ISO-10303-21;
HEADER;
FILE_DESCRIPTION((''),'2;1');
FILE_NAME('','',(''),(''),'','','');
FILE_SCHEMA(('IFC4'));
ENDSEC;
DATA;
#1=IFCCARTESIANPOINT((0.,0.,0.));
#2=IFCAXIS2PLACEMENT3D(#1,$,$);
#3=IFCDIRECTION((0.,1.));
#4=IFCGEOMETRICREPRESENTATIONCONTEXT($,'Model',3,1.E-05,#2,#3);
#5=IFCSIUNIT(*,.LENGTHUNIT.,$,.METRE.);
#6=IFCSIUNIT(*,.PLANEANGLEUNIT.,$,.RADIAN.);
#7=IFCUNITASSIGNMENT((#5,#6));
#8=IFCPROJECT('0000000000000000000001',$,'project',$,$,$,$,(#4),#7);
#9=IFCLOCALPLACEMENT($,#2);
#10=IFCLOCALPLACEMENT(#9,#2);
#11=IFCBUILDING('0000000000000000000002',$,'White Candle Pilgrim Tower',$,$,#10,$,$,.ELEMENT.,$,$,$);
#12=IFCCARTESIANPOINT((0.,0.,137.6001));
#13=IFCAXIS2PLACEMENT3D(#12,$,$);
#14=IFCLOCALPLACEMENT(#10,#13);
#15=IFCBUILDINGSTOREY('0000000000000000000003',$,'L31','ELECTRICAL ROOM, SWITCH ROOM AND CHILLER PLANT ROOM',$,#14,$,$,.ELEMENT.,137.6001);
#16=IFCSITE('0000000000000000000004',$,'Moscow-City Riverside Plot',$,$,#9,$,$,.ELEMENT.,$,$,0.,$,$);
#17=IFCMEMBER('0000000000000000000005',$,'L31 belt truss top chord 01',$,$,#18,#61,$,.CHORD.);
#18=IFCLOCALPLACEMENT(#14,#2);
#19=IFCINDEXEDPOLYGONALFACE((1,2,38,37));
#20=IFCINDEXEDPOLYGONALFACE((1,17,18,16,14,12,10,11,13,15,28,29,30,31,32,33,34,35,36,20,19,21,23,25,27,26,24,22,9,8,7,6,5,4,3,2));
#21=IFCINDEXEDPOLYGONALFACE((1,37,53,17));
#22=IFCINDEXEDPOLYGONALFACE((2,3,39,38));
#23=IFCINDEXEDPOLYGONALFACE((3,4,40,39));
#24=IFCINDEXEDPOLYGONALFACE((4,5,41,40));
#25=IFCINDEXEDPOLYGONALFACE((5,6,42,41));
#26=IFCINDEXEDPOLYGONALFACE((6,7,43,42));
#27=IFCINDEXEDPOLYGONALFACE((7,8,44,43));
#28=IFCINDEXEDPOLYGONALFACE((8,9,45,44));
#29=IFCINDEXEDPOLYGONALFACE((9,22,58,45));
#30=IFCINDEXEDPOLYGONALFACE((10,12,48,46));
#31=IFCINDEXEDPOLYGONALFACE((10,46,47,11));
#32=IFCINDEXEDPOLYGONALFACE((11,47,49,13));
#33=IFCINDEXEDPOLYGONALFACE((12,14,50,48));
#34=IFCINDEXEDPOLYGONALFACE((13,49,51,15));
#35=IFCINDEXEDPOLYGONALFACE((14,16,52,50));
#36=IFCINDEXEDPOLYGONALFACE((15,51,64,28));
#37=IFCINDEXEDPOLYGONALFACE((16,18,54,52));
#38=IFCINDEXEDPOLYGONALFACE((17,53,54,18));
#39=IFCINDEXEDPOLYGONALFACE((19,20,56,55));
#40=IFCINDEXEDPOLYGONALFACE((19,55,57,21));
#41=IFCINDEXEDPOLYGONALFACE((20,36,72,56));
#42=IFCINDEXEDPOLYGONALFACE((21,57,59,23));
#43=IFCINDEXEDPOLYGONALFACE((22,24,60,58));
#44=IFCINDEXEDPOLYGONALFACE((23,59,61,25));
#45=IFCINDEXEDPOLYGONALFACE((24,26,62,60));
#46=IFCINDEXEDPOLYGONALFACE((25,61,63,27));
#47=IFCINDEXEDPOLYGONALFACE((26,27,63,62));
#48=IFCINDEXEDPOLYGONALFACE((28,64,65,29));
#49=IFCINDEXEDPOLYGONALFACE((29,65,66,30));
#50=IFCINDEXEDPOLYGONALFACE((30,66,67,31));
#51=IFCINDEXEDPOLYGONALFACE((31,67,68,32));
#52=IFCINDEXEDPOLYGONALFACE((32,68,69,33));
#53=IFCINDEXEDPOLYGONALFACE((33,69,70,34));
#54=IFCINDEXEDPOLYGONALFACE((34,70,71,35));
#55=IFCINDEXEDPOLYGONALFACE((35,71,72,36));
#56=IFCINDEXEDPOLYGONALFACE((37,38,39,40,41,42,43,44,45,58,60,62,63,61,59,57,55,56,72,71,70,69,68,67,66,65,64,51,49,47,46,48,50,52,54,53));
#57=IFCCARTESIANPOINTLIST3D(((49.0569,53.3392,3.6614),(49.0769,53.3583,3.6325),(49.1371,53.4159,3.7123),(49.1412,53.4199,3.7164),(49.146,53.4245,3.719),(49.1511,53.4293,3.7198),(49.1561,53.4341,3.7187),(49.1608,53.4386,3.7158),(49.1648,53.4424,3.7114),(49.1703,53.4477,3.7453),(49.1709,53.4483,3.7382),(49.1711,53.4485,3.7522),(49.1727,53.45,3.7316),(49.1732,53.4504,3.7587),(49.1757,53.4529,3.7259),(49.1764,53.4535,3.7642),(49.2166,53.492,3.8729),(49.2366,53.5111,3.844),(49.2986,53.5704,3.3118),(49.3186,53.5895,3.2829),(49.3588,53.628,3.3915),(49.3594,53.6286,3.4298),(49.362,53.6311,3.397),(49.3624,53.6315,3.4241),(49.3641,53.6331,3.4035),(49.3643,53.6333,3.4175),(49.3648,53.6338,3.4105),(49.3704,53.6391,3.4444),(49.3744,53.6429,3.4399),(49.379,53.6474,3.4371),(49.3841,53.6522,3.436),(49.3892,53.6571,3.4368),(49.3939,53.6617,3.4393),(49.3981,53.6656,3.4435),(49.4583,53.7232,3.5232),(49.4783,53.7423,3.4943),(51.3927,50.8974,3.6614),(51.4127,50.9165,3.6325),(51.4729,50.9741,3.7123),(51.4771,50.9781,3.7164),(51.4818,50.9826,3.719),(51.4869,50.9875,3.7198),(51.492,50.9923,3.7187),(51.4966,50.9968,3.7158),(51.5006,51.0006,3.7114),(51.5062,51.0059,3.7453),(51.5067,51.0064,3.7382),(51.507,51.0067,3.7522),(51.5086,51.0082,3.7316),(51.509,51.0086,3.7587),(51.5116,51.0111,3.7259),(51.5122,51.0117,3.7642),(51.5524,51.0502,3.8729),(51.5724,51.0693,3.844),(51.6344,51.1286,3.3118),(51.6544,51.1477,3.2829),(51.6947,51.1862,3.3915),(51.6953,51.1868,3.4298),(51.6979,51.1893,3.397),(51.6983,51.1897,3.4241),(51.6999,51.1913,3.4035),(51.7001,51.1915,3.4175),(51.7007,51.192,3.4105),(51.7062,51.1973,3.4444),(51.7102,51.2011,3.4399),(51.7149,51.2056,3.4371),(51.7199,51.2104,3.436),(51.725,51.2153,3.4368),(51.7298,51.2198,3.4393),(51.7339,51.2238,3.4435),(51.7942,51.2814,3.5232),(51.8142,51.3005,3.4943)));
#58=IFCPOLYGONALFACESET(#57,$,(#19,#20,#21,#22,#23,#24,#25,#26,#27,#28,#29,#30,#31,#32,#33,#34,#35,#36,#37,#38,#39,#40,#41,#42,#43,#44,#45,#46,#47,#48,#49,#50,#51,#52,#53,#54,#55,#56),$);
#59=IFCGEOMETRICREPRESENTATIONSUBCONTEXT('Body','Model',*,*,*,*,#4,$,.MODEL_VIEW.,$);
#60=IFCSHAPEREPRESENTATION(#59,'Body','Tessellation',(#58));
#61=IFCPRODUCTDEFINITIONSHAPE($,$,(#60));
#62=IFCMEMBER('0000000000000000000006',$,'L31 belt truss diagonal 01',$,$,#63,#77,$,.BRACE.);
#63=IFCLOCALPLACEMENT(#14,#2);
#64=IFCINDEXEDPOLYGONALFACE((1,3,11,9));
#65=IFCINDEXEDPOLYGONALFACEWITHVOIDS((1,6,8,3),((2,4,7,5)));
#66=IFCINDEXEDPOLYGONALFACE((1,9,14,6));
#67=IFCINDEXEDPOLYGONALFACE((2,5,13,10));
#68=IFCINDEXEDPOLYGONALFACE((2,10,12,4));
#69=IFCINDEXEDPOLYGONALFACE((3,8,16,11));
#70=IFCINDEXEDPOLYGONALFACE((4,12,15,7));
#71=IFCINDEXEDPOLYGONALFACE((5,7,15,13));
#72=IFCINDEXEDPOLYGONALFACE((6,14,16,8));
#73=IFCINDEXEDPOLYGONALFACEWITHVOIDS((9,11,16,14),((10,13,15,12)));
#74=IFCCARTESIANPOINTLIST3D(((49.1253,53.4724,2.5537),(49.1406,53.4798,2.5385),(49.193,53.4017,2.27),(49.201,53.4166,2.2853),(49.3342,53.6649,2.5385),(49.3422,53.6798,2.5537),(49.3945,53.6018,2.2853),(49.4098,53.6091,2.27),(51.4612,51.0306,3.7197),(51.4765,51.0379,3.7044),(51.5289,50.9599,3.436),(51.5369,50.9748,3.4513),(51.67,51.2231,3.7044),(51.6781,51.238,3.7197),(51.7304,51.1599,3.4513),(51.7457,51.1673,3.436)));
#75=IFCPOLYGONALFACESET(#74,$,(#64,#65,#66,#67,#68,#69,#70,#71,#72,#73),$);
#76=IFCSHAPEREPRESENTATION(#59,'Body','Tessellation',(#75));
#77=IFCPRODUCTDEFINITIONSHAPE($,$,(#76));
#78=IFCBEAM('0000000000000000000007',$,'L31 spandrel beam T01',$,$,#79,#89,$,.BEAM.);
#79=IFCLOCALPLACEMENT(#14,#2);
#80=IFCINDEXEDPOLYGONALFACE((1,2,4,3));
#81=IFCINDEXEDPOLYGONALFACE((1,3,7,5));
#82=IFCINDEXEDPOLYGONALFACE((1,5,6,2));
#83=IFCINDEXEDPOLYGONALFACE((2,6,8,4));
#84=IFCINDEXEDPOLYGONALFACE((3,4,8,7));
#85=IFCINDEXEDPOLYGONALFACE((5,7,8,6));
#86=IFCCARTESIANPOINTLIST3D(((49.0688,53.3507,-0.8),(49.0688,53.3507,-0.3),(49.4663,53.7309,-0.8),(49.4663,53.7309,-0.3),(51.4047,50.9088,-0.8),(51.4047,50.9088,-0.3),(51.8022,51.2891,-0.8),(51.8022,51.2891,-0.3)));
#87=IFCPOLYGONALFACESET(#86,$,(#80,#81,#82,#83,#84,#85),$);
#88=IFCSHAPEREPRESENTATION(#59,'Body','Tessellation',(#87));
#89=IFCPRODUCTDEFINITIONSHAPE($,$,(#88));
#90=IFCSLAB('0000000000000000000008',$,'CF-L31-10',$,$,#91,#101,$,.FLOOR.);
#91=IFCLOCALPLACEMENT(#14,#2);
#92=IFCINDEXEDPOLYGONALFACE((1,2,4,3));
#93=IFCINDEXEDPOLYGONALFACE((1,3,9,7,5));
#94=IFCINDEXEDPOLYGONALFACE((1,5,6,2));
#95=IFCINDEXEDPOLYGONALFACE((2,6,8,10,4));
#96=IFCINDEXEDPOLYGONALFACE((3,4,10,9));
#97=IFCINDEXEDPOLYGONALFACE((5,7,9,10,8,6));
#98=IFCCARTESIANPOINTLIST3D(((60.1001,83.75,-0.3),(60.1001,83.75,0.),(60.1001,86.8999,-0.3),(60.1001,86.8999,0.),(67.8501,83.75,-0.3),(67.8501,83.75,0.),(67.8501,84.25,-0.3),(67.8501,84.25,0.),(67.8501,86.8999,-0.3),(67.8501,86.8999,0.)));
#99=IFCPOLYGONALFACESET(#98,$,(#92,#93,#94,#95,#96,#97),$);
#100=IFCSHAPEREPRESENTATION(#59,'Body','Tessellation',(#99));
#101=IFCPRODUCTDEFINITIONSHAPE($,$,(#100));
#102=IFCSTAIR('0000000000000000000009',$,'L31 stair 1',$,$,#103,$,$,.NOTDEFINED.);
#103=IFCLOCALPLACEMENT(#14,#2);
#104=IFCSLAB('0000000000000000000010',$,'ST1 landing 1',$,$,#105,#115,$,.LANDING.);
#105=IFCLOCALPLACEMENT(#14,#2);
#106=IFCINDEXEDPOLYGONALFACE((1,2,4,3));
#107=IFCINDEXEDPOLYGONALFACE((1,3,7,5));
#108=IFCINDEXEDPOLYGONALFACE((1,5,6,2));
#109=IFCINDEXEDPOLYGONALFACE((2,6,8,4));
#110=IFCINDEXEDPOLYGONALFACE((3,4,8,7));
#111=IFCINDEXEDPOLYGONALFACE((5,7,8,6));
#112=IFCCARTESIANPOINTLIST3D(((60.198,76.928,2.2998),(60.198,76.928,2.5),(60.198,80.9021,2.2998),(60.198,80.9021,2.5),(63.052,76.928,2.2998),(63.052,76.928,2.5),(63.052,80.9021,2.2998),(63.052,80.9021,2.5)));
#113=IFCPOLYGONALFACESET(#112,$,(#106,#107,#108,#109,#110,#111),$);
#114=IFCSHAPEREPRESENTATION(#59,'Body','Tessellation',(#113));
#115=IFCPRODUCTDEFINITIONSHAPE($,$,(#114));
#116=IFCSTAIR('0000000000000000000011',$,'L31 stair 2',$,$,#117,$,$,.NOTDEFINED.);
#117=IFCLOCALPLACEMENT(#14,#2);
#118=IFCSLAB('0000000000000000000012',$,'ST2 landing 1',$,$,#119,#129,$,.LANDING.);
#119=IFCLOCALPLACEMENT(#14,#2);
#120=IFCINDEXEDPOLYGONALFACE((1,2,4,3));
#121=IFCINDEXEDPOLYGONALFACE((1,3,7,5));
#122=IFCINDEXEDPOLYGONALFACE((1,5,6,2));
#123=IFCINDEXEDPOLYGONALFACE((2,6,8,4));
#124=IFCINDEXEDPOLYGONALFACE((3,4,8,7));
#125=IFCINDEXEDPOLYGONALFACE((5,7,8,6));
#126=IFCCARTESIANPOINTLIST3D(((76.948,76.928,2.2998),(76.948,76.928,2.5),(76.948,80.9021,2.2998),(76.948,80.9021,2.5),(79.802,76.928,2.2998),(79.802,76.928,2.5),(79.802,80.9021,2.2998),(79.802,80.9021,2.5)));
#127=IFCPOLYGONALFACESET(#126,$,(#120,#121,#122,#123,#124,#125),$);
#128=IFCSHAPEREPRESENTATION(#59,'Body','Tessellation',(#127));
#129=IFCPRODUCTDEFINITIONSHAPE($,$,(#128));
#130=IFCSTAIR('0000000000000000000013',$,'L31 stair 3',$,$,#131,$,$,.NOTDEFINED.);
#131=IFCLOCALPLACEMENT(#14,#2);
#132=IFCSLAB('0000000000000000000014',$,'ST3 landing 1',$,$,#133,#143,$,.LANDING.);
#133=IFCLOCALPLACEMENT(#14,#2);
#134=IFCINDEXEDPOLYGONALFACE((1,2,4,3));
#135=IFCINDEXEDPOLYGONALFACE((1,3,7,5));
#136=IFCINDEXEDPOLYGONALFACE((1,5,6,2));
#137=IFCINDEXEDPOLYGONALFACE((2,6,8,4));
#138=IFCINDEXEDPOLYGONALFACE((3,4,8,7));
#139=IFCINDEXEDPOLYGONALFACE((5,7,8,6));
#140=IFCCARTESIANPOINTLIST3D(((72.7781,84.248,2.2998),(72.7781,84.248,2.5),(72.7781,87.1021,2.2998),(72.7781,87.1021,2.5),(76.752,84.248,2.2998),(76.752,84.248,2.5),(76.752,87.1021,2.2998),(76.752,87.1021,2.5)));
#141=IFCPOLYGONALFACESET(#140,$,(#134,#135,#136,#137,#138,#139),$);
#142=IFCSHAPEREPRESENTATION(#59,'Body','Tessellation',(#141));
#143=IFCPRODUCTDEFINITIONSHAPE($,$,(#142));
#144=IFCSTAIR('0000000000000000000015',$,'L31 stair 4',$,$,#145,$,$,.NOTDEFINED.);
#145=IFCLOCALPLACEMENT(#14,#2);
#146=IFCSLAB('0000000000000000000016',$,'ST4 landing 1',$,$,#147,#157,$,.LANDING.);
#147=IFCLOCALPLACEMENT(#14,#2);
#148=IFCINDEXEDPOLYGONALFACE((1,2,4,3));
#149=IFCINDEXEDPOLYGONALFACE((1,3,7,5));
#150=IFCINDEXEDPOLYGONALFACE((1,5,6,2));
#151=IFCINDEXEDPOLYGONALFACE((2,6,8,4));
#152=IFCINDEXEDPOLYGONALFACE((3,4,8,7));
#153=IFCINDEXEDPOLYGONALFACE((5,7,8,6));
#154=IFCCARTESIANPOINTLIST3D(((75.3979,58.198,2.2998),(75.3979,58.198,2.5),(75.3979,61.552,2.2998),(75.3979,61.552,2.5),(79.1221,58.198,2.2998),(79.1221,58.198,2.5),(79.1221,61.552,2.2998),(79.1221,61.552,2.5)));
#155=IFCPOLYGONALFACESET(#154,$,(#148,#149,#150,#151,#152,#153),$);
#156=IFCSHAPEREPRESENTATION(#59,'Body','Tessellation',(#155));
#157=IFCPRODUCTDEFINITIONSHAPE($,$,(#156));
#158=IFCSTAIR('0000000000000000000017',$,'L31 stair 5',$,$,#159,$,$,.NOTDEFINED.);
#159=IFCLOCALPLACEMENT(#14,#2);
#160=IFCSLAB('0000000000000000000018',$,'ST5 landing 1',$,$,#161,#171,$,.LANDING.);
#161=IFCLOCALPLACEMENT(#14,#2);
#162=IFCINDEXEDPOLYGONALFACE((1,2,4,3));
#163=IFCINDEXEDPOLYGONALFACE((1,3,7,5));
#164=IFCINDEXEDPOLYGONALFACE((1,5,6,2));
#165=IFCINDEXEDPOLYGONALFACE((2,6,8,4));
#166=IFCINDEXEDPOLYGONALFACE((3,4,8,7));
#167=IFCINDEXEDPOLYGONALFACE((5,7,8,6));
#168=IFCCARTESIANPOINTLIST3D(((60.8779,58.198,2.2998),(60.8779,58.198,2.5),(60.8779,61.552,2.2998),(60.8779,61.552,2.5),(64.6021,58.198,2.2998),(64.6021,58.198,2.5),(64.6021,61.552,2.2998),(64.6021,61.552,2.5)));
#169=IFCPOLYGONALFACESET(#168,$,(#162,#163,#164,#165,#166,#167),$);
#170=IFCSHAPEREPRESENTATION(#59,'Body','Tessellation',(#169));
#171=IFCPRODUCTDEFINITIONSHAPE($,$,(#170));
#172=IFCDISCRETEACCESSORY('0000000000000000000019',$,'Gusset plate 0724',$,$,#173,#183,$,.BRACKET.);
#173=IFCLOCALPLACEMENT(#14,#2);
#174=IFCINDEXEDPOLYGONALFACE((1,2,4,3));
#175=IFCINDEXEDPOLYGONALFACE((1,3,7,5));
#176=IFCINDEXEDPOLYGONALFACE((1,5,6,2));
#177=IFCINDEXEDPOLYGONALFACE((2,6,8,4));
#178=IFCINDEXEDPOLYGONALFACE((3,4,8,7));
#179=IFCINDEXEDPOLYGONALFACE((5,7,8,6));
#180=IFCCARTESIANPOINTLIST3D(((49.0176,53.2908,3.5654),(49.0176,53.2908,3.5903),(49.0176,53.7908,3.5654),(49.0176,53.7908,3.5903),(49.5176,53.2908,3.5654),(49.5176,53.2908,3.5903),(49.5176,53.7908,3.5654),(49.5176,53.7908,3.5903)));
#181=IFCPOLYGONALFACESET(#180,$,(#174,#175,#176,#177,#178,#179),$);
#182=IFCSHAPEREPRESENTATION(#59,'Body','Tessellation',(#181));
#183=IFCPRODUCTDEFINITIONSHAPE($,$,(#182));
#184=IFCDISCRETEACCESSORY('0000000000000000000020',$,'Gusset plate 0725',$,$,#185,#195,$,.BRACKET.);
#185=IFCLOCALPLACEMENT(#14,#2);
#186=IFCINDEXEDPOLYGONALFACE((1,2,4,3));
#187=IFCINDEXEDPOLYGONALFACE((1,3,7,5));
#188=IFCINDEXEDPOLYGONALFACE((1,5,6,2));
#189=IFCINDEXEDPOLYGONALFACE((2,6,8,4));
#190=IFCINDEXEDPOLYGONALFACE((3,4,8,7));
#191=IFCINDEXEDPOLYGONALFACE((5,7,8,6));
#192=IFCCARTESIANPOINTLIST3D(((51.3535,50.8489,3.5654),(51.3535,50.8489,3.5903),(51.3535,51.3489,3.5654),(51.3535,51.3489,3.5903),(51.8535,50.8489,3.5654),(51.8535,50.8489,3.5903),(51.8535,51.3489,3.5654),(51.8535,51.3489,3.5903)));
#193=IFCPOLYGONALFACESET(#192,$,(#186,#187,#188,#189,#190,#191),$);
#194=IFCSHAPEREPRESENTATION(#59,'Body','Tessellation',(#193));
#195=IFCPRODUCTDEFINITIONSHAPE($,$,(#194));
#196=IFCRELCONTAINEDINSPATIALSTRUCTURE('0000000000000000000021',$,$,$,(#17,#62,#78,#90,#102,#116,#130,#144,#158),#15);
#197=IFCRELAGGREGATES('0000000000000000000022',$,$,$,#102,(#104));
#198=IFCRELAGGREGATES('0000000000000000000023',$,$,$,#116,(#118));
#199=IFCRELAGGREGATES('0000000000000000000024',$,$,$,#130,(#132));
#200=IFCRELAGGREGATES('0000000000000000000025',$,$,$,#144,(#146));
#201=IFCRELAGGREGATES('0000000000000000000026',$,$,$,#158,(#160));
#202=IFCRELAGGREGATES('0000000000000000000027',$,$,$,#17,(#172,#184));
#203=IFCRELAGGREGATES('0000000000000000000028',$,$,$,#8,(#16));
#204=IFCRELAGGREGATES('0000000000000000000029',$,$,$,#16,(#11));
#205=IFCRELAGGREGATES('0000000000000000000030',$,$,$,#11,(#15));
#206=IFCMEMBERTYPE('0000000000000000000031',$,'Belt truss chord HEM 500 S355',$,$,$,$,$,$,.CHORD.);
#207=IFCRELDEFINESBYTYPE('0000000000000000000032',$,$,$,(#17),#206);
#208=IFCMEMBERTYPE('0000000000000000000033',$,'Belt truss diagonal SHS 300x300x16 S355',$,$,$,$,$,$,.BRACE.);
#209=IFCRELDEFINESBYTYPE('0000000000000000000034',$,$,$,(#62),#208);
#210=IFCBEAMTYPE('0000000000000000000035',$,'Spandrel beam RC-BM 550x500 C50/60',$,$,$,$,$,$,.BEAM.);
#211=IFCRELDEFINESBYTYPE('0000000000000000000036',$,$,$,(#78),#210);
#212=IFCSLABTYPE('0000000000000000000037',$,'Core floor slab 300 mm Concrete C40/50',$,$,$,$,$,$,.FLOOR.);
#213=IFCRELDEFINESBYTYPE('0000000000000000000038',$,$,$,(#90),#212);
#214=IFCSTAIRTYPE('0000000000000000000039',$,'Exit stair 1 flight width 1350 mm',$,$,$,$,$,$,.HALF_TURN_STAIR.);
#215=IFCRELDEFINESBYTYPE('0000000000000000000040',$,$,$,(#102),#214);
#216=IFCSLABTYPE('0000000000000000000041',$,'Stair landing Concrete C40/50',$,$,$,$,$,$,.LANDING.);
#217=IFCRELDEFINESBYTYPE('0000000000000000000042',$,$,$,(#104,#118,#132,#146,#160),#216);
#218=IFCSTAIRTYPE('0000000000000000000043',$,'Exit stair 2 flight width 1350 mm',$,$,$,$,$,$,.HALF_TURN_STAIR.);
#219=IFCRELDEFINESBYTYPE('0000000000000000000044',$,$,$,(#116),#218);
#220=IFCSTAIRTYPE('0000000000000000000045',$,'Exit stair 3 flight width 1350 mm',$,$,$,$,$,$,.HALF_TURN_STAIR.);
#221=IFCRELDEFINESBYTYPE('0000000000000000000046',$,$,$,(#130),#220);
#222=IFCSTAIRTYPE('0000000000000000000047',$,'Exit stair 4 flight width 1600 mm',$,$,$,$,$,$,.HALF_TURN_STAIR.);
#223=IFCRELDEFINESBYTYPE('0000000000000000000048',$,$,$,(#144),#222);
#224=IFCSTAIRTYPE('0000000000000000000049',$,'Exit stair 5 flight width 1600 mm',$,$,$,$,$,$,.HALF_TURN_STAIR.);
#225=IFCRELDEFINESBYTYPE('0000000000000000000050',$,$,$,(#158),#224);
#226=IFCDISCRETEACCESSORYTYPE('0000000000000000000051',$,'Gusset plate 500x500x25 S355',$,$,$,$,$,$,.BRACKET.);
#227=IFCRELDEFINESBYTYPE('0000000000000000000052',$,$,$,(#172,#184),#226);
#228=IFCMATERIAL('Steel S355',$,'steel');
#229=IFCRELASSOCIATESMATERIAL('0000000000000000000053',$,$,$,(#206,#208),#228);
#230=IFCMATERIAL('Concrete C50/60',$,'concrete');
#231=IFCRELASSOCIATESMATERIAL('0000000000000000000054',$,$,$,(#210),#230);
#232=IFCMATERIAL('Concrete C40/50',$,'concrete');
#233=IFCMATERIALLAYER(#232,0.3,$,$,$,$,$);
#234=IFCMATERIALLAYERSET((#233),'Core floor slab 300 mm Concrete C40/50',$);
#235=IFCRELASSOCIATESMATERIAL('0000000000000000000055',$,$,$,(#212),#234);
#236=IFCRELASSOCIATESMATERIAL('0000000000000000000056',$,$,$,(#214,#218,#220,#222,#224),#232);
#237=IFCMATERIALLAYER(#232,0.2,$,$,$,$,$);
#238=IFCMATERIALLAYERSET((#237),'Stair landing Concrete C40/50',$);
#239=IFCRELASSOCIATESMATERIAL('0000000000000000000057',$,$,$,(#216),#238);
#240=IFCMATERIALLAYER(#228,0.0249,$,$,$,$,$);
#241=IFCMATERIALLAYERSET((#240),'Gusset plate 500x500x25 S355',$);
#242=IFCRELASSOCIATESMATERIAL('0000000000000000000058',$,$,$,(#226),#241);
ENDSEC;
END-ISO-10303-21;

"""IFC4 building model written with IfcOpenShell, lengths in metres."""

from ifc_helpers import new_model, si_unit, direction, frame, origin, origin_2d, place, context, subcontext, project, spatial, polyline, rectangle, hollow_rectangle, i_section, outline, extrude, material, layer, layer_set, material_profile, profile_set, type_object, element, aggregate, save


model = new_model("IFC4")

# Units and contexts
model_context = context("Model", 3, precision=1e-05, world=origin(), true_north=direction((0.0, 1.0)))
body_context = subcontext(model_context, "Body", "Model", "MODEL_VIEW")
ifc_project = project(units=[si_unit("LENGTHUNIT", "METRE"), si_unit("PLANEANGLEUNIT", "RADIAN")], contexts=[model_context])

# Site, building, storey
site_placement = place(None, origin())
site = spatial("IfcSite", under=ifc_project, at=site_placement, Name="Moscow-City Riverside Plot", CompositionType="ELEMENT", RefElevation=0.0)
building_placement = place(site_placement, origin())
building = spatial("IfcBuilding", under=site, at=building_placement, Name="White Candle Pilgrim Tower", CompositionType="ELEMENT")
storey_placement = place(building_placement, frame((0.0, 0.0, 137.6001)))
storey = spatial("IfcBuildingStorey", under=building, at=storey_placement, Name="L31", Description="ELECTRICAL ROOM, SWITCH ROOM AND CHILLER PLANT ROOM", CompositionType="ELEMENT", Elevation=137.6001)

# Members
ifc_material_1 = material(Name="Steel S355", Category="steel")
ifc_material_profile_1 = material_profile(ifc_material_1, i_section(OverallWidth=0.3059, OverallDepth=0.5239, WebThickness=0.021, FlangeThickness=0.04, FilletRadius=0.0271, at=origin_2d()), Name="HEM 500")
ifc_profile_set_1 = profile_set([ifc_material_profile_1], Name="Steel S355")
member_type_1 = type_object("IfcMemberType", Name="Belt truss chord HEM 500 S355", PredefinedType="CHORD", material=ifc_profile_set_1)
member_1_placement = place(storey_placement, frame((49.2676, 53.5408, 3.5779), z_axis=(0.691255, -0.72261, 0.0), x_axis=(0.52216, 0.499503, 0.691264)))
member_1 = element("IfcMember", 1, at=member_1_placement, inside=storey, type_object=member_type_1, Name="L31 belt truss top chord 01", PredefinedType="CHORD", context=body_context, shape_type="SweptSolid", body=[
    extrude(i_section(OverallWidth=0.3059, OverallDepth=0.5239, WebThickness=0.021, FlangeThickness=0.04, FilletRadius=0.0271, at=origin_2d()), origin(), (0.0, 0.0, 1.0), 3.3792),
])
ifc_material_profile_2 = material_profile(ifc_material_1, hollow_rectangle(XDim=0.3, YDim=0.3, WallThickness=0.0161, at=origin_2d()), Name="SHS 300x300x16")
ifc_profile_set_2 = profile_set([ifc_material_profile_2], Name="Steel S355")
member_type_2 = type_object("IfcMemberType", Name="Belt truss diagonal SHS 300x300x16 S355", PredefinedType="BRACE", material=ifc_profile_set_2)
member_2_placement = place(storey_placement, frame((49.2676, 53.5408, 2.4119), z_axis=(0.653449, -0.68309, 0.326178), x_axis=(0.72261, 0.691255, 0.0)))
element("IfcMember", 2, at=member_2_placement, inside=storey, type_object=member_type_2, Name="L31 belt truss diagonal 01", PredefinedType="BRACE", context=body_context, shape_type="SweptSolid", body=[
    extrude(hollow_rectangle(XDim=0.3, YDim=0.3, WallThickness=0.0161, at=origin_2d()), origin(), (0.0, 0.0, 1.0), 3.5747),
])

# Beam
ifc_material_2 = material(Name="Concrete C50/60", Category="concrete")
ifc_material_profile_3 = material_profile(ifc_material_2, rectangle(XDim=0.55, YDim=0.5, at=origin_2d()), Name="RC-BM 550x500")
ifc_profile_set_3 = profile_set([ifc_material_profile_3], Name="Concrete C50/60")
beam_type = type_object("IfcBeamType", Name="Spandrel beam RC-BM 550x500 C50/60", PredefinedType="BEAM", material=ifc_profile_set_3)
beam_placement = place(storey_placement, frame((49.2676, 53.5408, -0.55), z_axis=(0.691255, -0.72261, 0.0), x_axis=(0.72261, 0.691255, 0.0)))
element("IfcBeam", 3, at=beam_placement, inside=storey, type_object=beam_type, Name="L31 spandrel beam T01", PredefinedType="BEAM", context=body_context, shape_type="SweptSolid", body=[
    extrude(rectangle(XDim=0.55, YDim=0.5, at=origin_2d()), origin(), (0.0, 0.0, 1.0), 3.3792),
])

# Slab
ifc_material_3 = material(Name="Concrete C40/50", Category="concrete")
ifc_layer_1 = layer(ifc_material_3, 0.3)
ifc_layer_set_1 = layer_set([ifc_layer_1], Name="Core floor slab 300 mm Concrete C40/50")
slab_type_1 = type_object("IfcSlabType", Name="Core floor slab 300 mm Concrete C40/50", PredefinedType="FLOOR", material=ifc_layer_set_1)
slab_1_placement = place(storey_placement, frame((0.0, 0.0, -0.3)))
element("IfcSlab", 4, at=slab_1_placement, inside=storey, type_object=slab_type_1, Name="CF-L31-10", PredefinedType="FLOOR", context=body_context, shape_type="SweptSolid", body=[
    extrude(outline(polyline([(60.1001, 86.8999), (67.8501, 86.8999), (67.8501, 84.25), (67.8501, 83.75), (60.1001, 83.75), (60.1001, 86.8999)])), origin(), (0.0, 0.0, 1.0), 0.3),
])

# Stairs, slabs
stair_type_1 = type_object("IfcStairType", Name="Exit stair 1 flight width 1350 mm", PredefinedType="HALF_TURN_STAIR", material=ifc_material_3)
stair_1_placement = place(storey_placement, origin())
stair_1 = element("IfcStair", 5, at=stair_1_placement, inside=storey, type_object=stair_type_1, Name="L31 stair 1", PredefinedType="NOTDEFINED")
ifc_layer_2 = layer(ifc_material_3, 0.2)
ifc_layer_set_2 = layer_set([ifc_layer_2], Name="Stair landing Concrete C40/50")
slab_type_2 = type_object("IfcSlabType", Name="Stair landing Concrete C40/50", PredefinedType="LANDING", material=ifc_layer_set_2)
slab_2_placement = place(storey_placement, frame((0.0, 0.0, 2.2998)))
slab_2 = element("IfcSlab", 6, at=slab_2_placement, type_object=slab_type_2, Name="ST1 landing 1", PredefinedType="LANDING", context=body_context, shape_type="SweptSolid", body=[
    extrude(outline(polyline([(63.052, 76.928), (60.198, 76.928), (60.198, 80.9021), (63.052, 80.9021), (63.052, 76.928)])), origin(), (0.0, 0.0, 1.0), 0.2002),
])
aggregate(stair_1, [slab_2])
stair_type_2 = type_object("IfcStairType", Name="Exit stair 2 flight width 1350 mm", PredefinedType="HALF_TURN_STAIR", material=ifc_material_3)
stair_2_placement = place(storey_placement, origin())
stair_2 = element("IfcStair", 7, at=stair_2_placement, inside=storey, type_object=stair_type_2, Name="L31 stair 2", PredefinedType="NOTDEFINED")
slab_3_placement = place(storey_placement, frame((0.0, 0.0, 2.2998)))
slab_3 = element("IfcSlab", 8, at=slab_3_placement, type_object=slab_type_2, Name="ST2 landing 1", PredefinedType="LANDING", context=body_context, shape_type="SweptSolid", body=[
    extrude(outline(polyline([(79.802, 76.928), (76.948, 76.928), (76.948, 80.9021), (79.802, 80.9021), (79.802, 76.928)])), origin(), (0.0, 0.0, 1.0), 0.2002),
])
aggregate(stair_2, [slab_3])
stair_type_3 = type_object("IfcStairType", Name="Exit stair 3 flight width 1350 mm", PredefinedType="HALF_TURN_STAIR", material=ifc_material_3)
stair_3_placement = place(storey_placement, origin())
stair_3 = element("IfcStair", 9, at=stair_3_placement, inside=storey, type_object=stair_type_3, Name="L31 stair 3", PredefinedType="NOTDEFINED")
slab_4_placement = place(storey_placement, frame((0.0, 0.0, 2.2998)))
slab_4 = element("IfcSlab", 10, at=slab_4_placement, type_object=slab_type_2, Name="ST3 landing 1", PredefinedType="LANDING", context=body_context, shape_type="SweptSolid", body=[
    extrude(outline(polyline([(72.7781, 84.248), (72.7781, 87.1021), (76.752, 87.1021), (76.752, 84.248), (72.7781, 84.248)])), origin(), (0.0, 0.0, 1.0), 0.2002),
])
aggregate(stair_3, [slab_4])
stair_type_4 = type_object("IfcStairType", Name="Exit stair 4 flight width 1600 mm", PredefinedType="HALF_TURN_STAIR", material=ifc_material_3)
stair_4_placement = place(storey_placement, origin())
stair_4 = element("IfcStair", 11, at=stair_4_placement, inside=storey, type_object=stair_type_4, Name="L31 stair 4", PredefinedType="NOTDEFINED")
slab_5_placement = place(storey_placement, frame((0.0, 0.0, 2.2998)))
slab_5 = element("IfcSlab", 12, at=slab_5_placement, type_object=slab_type_2, Name="ST4 landing 1", PredefinedType="LANDING", context=body_context, shape_type="SweptSolid", body=[
    extrude(outline(polyline([(79.1221, 61.552), (79.1221, 58.198), (75.3979, 58.198), (75.3979, 61.552), (79.1221, 61.552)])), origin(), (0.0, 0.0, 1.0), 0.2002),
])
aggregate(stair_4, [slab_5])
stair_type_5 = type_object("IfcStairType", Name="Exit stair 5 flight width 1600 mm", PredefinedType="HALF_TURN_STAIR", material=ifc_material_3)
stair_5_placement = place(storey_placement, origin())
stair_5 = element("IfcStair", 13, at=stair_5_placement, inside=storey, type_object=stair_type_5, Name="L31 stair 5", PredefinedType="NOTDEFINED")
slab_6_placement = place(storey_placement, frame((0.0, 0.0, 2.2998)))
slab_6 = element("IfcSlab", 14, at=slab_6_placement, type_object=slab_type_2, Name="ST5 landing 1", PredefinedType="LANDING", context=body_context, shape_type="SweptSolid", body=[
    extrude(outline(polyline([(60.8779, 58.198), (60.8779, 61.552), (64.6021, 61.552), (64.6021, 58.198), (60.8779, 58.198)])), origin(), (0.0, 0.0, 1.0), 0.2002),
])
aggregate(stair_5, [slab_6])

# Discrete accessories
ifc_layer_3 = layer(ifc_material_1, 0.0249)
ifc_layer_set_3 = layer_set([ifc_layer_3], Name="Gusset plate 500x500x25 S355")
discrete_accessory_type = type_object("IfcDiscreteAccessoryType", Name="Gusset plate 500x500x25 S355", PredefinedType="BRACKET", material=ifc_layer_set_3)
discrete_accessory_1_placement = place(storey_placement, frame((49.2676, 53.5408, 3.5654), z_axis=(0.0, 0.0, 1.0), x_axis=(1.0, 0.0, 0.0)))
discrete_accessory_1 = element("IfcDiscreteAccessory", 15, at=discrete_accessory_1_placement, type_object=discrete_accessory_type, Name="Gusset plate 0724", PredefinedType="BRACKET", context=body_context, shape_type="SweptSolid", body=[
    extrude(rectangle(XDim=0.5, YDim=0.5, at=origin_2d()), origin(), (0.0, 0.0, 1.0), 0.0249),
])
discrete_accessory_2_placement = place(storey_placement, frame((51.6035, 51.0989, 3.5654), z_axis=(0.0, 0.0, 1.0), x_axis=(1.0, 0.0, 0.0)))
discrete_accessory_2 = element("IfcDiscreteAccessory", 16, at=discrete_accessory_2_placement, type_object=discrete_accessory_type, Name="Gusset plate 0725", PredefinedType="BRACKET", context=body_context, shape_type="SweptSolid", body=[
    extrude(rectangle(XDim=0.5, YDim=0.5, at=origin_2d()), origin(), (0.0, 0.0, 1.0), 0.0249),
])
aggregate(member_1, [discrete_accessory_1, discrete_accessory_2])

save(model, "model.ifc")
